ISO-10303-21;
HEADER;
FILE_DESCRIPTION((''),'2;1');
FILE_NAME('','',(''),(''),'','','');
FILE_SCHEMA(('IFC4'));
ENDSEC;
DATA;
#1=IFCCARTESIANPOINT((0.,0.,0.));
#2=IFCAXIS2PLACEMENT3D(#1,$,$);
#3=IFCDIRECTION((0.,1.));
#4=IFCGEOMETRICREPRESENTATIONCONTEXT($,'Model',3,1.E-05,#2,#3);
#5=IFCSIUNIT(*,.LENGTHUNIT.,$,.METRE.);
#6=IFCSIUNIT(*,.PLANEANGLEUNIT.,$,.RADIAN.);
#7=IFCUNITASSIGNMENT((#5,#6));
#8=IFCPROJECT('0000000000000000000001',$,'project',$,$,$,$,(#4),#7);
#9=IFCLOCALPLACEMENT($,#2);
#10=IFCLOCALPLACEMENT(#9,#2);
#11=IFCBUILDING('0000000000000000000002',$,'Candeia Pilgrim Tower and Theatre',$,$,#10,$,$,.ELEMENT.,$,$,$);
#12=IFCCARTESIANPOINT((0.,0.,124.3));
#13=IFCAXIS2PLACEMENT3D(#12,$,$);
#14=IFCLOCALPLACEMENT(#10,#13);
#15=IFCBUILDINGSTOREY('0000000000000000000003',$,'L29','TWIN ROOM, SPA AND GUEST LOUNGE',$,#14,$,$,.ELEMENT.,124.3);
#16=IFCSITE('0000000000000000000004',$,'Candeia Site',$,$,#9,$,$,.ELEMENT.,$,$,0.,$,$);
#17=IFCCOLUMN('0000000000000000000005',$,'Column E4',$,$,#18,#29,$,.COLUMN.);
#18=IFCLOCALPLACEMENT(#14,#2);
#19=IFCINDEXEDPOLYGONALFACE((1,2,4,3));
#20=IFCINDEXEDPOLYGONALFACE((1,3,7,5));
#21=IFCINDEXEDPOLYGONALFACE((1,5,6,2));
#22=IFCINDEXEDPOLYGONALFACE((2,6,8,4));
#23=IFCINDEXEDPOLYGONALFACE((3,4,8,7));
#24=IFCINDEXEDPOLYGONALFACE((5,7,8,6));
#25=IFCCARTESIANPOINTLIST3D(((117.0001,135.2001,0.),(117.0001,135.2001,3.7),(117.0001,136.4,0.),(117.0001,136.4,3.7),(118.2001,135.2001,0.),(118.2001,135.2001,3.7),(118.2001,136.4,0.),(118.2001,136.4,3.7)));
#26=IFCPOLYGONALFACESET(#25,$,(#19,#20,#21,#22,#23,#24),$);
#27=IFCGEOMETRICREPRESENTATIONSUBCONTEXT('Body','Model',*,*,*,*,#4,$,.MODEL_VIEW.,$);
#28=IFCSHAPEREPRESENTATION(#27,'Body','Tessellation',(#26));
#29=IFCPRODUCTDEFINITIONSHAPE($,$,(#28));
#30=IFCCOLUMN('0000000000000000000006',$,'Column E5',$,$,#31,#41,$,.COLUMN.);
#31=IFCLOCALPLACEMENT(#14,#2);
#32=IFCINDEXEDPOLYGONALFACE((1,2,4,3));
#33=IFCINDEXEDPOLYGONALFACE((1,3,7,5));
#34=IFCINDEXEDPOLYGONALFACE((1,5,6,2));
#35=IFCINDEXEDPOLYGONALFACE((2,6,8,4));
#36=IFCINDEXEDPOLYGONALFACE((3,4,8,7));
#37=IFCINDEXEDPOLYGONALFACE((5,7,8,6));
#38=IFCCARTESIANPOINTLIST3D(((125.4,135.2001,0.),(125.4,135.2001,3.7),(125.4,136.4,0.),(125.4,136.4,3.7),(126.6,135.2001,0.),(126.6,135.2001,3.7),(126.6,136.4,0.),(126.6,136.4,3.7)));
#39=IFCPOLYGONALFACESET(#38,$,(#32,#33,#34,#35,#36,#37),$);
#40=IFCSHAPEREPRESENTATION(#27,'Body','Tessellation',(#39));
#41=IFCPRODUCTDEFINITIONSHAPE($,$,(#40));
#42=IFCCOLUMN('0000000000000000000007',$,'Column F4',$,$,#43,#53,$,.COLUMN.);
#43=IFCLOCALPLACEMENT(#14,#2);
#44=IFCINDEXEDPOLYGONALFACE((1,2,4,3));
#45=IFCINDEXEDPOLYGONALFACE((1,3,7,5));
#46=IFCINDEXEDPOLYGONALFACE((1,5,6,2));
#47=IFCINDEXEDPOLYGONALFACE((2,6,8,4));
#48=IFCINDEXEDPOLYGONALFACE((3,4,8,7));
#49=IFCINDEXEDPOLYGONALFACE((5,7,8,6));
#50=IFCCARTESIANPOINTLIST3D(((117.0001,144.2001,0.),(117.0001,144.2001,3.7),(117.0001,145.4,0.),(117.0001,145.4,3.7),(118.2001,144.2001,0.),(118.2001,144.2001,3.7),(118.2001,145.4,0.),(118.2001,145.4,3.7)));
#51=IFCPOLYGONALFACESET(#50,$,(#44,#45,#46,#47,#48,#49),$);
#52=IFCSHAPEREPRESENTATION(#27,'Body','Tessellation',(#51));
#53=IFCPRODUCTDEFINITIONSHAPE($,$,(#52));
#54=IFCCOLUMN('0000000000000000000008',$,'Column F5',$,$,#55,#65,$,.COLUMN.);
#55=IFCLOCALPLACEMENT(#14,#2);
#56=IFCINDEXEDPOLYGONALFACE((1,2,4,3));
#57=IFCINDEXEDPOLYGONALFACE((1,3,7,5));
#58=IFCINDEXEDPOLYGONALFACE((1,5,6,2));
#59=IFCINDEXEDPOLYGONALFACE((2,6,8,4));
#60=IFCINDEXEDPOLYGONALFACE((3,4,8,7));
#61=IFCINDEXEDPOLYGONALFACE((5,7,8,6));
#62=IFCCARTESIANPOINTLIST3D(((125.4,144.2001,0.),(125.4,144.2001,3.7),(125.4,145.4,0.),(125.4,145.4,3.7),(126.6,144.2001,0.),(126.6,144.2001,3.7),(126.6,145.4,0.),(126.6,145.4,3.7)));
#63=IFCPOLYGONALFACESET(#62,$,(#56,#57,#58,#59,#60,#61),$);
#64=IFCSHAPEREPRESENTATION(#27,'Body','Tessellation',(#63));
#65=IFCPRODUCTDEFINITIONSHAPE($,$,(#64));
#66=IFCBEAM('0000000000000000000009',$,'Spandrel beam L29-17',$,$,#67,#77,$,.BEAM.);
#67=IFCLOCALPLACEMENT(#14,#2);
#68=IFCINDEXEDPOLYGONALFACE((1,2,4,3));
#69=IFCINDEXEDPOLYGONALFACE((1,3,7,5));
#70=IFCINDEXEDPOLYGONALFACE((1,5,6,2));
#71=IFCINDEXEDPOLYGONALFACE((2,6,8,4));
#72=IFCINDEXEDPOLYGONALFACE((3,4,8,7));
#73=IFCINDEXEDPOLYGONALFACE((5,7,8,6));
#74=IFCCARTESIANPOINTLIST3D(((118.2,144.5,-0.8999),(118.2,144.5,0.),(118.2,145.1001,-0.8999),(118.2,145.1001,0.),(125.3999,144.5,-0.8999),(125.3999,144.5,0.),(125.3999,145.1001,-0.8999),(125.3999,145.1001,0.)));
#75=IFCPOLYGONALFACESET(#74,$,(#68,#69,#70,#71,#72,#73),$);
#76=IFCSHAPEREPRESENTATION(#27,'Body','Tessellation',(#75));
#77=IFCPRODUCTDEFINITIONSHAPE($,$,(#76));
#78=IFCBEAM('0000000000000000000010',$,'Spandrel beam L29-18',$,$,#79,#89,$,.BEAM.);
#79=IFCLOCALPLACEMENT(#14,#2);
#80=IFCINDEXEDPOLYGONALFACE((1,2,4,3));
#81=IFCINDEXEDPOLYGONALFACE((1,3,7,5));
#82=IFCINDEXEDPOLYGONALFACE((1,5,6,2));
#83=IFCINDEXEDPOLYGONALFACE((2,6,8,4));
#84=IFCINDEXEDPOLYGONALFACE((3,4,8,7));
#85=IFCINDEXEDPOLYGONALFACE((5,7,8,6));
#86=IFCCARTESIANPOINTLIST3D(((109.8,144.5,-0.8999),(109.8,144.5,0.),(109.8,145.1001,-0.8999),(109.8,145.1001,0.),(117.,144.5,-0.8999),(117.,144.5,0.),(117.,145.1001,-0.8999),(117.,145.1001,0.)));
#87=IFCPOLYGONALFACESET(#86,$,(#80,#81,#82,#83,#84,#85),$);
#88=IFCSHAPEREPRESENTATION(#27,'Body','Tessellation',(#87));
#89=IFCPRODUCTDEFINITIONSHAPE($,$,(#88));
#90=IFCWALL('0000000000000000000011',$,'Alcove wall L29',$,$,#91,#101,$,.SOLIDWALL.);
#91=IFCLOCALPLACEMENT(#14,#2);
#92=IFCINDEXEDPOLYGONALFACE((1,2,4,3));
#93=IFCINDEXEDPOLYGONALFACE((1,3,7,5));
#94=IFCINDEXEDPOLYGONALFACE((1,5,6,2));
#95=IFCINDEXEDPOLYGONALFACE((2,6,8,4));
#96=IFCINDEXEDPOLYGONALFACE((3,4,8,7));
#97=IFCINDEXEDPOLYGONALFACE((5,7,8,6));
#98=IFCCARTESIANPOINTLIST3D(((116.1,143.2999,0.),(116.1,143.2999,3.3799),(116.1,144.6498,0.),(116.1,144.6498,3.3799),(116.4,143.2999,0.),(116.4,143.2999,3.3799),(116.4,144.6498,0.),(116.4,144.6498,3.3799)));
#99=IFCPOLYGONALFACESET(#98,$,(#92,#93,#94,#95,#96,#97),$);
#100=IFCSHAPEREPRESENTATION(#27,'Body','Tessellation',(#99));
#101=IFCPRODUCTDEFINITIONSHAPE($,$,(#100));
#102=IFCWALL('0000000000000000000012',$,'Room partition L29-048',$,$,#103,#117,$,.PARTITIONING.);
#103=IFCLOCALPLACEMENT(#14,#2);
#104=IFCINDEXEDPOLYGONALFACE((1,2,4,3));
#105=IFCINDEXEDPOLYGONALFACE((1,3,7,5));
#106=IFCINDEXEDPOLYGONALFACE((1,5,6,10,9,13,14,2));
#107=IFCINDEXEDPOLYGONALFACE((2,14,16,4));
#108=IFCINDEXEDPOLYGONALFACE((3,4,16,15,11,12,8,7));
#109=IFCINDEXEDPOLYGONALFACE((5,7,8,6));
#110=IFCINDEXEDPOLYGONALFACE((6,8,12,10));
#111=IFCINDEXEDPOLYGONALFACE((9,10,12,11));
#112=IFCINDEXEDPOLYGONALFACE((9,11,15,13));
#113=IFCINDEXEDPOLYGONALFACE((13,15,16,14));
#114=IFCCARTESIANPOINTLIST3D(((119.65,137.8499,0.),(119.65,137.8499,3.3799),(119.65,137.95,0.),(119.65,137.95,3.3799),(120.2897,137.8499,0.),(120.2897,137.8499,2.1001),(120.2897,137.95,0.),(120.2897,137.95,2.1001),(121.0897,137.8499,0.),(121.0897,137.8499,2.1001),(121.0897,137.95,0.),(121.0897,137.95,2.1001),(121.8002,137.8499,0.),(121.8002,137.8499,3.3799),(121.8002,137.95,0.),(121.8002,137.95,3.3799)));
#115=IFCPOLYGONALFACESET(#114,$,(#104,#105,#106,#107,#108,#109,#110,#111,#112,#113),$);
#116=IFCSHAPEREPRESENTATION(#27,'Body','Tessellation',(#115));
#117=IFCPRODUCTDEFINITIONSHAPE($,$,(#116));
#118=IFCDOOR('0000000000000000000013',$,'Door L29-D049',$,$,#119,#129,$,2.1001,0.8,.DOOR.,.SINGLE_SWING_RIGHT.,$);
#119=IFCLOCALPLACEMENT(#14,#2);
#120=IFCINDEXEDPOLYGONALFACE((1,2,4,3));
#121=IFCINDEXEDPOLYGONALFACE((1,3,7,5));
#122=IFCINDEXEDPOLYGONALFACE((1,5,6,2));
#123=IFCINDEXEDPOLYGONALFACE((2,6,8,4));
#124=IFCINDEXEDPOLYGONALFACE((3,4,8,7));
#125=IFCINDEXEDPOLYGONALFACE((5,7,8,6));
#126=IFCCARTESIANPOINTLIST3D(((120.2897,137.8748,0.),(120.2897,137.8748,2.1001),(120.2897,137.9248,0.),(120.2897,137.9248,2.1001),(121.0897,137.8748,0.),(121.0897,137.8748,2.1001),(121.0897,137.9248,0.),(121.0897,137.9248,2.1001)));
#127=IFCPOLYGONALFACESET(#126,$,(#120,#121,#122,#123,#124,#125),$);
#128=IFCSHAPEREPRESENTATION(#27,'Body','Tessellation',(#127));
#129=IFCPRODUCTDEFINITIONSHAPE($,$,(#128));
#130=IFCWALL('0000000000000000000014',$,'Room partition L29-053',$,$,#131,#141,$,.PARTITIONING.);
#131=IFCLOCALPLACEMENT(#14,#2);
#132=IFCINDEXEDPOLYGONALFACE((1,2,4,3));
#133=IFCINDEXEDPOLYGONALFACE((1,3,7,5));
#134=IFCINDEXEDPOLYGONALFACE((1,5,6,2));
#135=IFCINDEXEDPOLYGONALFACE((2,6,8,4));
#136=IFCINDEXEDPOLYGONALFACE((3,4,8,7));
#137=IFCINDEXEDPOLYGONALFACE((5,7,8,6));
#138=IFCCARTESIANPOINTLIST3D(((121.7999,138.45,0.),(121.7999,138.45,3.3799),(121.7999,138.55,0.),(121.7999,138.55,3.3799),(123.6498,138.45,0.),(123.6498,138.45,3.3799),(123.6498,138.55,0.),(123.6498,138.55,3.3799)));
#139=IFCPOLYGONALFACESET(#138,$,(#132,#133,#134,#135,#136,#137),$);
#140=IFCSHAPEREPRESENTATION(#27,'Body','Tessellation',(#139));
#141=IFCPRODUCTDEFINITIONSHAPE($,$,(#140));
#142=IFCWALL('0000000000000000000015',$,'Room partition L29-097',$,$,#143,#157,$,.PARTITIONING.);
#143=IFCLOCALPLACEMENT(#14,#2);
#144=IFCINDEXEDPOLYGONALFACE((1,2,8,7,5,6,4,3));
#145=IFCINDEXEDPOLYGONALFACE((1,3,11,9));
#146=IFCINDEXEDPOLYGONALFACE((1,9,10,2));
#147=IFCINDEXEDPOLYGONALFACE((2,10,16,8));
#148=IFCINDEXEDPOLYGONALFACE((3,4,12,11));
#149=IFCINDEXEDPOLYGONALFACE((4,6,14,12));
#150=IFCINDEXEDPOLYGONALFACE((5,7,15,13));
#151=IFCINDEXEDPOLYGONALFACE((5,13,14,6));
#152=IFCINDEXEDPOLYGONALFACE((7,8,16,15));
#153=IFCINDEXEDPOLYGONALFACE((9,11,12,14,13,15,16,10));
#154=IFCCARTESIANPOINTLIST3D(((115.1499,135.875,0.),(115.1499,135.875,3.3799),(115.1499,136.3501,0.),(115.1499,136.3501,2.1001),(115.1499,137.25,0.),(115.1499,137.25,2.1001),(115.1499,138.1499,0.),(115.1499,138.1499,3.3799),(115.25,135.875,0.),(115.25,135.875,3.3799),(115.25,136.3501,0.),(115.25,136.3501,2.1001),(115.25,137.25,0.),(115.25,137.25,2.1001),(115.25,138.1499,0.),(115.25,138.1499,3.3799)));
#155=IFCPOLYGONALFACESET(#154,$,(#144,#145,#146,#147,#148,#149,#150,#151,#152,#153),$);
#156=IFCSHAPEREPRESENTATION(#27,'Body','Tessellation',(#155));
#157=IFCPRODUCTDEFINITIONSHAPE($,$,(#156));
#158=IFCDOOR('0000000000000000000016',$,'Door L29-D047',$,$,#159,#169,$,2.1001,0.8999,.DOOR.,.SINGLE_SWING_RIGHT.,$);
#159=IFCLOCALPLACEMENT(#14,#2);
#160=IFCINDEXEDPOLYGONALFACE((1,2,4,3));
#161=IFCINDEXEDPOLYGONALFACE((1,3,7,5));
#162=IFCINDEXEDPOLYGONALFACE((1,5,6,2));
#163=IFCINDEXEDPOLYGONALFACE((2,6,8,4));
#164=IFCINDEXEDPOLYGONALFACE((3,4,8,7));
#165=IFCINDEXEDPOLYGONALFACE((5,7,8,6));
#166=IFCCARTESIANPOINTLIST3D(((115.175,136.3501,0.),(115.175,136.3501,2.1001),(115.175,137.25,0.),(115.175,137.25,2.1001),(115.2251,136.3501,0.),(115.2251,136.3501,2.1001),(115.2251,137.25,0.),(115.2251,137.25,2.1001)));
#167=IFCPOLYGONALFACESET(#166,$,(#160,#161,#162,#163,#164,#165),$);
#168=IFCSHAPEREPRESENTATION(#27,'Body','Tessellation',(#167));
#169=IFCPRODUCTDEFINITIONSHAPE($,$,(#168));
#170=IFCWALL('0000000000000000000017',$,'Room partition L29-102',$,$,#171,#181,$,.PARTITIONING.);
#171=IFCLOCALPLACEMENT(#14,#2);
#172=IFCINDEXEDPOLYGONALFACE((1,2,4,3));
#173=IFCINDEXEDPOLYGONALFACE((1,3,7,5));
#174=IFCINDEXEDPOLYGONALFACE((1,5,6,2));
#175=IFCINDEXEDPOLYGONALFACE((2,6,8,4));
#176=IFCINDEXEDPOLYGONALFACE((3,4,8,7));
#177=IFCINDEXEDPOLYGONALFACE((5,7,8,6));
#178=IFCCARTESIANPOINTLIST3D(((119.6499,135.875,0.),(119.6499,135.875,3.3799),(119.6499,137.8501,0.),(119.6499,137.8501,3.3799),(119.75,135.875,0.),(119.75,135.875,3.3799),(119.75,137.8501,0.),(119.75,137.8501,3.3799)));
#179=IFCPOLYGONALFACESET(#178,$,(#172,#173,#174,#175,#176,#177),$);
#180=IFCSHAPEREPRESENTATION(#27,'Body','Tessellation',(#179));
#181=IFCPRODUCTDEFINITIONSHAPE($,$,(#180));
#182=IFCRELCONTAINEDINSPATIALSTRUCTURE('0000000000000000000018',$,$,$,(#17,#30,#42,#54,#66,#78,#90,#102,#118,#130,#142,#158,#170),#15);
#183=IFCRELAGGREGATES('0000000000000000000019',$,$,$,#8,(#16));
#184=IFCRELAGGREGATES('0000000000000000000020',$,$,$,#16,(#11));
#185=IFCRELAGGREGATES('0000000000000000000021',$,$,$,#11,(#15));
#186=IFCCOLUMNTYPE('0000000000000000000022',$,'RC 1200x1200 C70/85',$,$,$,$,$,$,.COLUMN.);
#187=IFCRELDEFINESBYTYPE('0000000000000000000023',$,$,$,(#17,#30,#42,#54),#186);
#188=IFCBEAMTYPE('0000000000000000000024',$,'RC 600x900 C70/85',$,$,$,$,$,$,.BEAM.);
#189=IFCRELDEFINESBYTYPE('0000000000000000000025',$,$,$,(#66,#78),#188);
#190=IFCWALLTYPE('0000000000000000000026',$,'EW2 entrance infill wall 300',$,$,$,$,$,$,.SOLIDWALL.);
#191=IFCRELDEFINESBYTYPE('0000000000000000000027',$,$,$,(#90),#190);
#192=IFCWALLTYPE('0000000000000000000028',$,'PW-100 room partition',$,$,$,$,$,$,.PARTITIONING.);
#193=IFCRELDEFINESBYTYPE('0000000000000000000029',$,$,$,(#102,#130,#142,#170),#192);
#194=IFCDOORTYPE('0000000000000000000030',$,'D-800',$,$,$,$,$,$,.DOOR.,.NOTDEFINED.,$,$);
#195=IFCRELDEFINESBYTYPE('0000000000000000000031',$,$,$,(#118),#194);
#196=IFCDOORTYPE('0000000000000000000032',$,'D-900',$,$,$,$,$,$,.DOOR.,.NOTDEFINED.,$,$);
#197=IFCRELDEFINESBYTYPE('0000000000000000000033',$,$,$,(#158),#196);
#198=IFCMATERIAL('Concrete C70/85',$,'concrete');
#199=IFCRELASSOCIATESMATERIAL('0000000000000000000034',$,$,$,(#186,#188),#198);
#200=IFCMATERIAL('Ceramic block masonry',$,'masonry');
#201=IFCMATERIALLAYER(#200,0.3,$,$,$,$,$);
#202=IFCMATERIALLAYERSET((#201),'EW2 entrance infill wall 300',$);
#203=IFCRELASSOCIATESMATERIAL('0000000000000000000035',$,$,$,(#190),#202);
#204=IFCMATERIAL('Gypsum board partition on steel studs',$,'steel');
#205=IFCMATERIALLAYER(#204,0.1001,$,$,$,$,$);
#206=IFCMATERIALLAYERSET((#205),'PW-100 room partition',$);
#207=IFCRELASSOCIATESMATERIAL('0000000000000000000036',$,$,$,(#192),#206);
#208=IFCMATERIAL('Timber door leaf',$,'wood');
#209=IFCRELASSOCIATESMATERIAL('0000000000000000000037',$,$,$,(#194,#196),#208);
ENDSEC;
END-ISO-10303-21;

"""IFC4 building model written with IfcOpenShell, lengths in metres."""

from ifc_helpers import new_model, si_unit, direction, frame, frame_2d, origin, origin_2d, place, context, subcontext, project, spatial, rectangle, extrude, material, layer, layer_set, material_profile, profile_set, type_object, element, fill, save


model = new_model("IFC4")

# Units and contexts
model_context = context("Model", 3, precision=1e-05, world=origin(), true_north=direction((0.0, 1.0)))
body_context = subcontext(model_context, "Body", "Model", "MODEL_VIEW")
ifc_project = project(units=[si_unit("LENGTHUNIT", "METRE"), si_unit("PLANEANGLEUNIT", "RADIAN")], contexts=[model_context])

# Site, building, storey
site_placement = place(None, origin())
site = spatial("IfcSite", under=ifc_project, at=site_placement, Name="Candeia Site", CompositionType="ELEMENT", RefElevation=0.0)
building_placement = place(site_placement, origin())
building = spatial("IfcBuilding", under=site, at=building_placement, Name="Candeia Pilgrim Tower and Theatre", CompositionType="ELEMENT")
storey_placement = place(building_placement, frame((0.0, 0.0, 124.3)))
storey = spatial("IfcBuildingStorey", under=building, at=storey_placement, Name="L29", Description="TWIN ROOM, SPA AND GUEST LOUNGE", CompositionType="ELEMENT", Elevation=124.3)

# Columns
ifc_material_1 = material(Name="Concrete C70/85", Category="concrete")
ifc_material_profile_1 = material_profile(ifc_material_1, rectangle(XDim=1.2, YDim=1.2, at=origin_2d()))
ifc_profile_set_1 = profile_set([ifc_material_profile_1], Name="Concrete C70/85")
column_type = type_object("IfcColumnType", Name="RC 1200x1200 C70/85", PredefinedType="COLUMN", material=ifc_profile_set_1)
for number, where, z_axis, x_axis, name in (
    (1, (117.6001, 135.8, 0.0), (0.0, 0.0, 1.0), (1.0, 0.0, 0.0), "Column E4"),
    (2, (126.0, 135.8, 0.0), (0.0, 0.0, 1.0), (1.0, 0.0, 0.0), "Column E5"),
    (3, (117.6001, 144.8, 0.0), (0.0, 0.0, 1.0), (1.0, 0.0, 0.0), "Column F4"),
    (4, (126.0, 144.8, 0.0), (0.0, 0.0, 1.0), (1.0, 0.0, 0.0), "Column F5"),
):
    element("IfcColumn", number, at=place(storey_placement, frame(where, z_axis=z_axis, x_axis=x_axis)), inside=storey, type_object=column_type, Name=name, PredefinedType="COLUMN", context=body_context, shape_type="SweptSolid", body=[
        extrude(rectangle(XDim=1.2, YDim=1.2, at=origin_2d()), origin(), (0.0, 0.0, 1.0), 3.7),
    ])

# Beams
ifc_material_profile_2 = material_profile(ifc_material_1, rectangle(XDim=0.6001, YDim=0.8999, at=origin_2d()))
ifc_profile_set_2 = profile_set([ifc_material_profile_2], Name="Concrete C70/85")
beam_type = type_object("IfcBeamType", Name="RC 600x900 C70/85", PredefinedType="BEAM", material=ifc_profile_set_2)
for number, where, z_axis, x_axis, name in (
    (5, (125.3999, 144.8, -0.45), (-1.0, 0.0, 0.0), (0.0, -1.0, 0.0), "Spandrel beam L29-17"),
    (6, (117.0, 144.8, -0.45), (-1.0, 0.0, 0.0), (0.0, -1.0, 0.0), "Spandrel beam L29-18"),
):
    element("IfcBeam", number, at=place(storey_placement, frame(where, z_axis=z_axis, x_axis=x_axis)), inside=storey, type_object=beam_type, Name=name, PredefinedType="BEAM", context=body_context, shape_type="SweptSolid", body=[
        extrude(rectangle(XDim=0.6001, YDim=0.8999, at=origin_2d()), origin(), (0.0, 0.0, 1.0), 7.2),
    ])

# Wall
ifc_material_2 = material(Name="Ceramic block masonry", Category="masonry")
ifc_layer_1 = layer(ifc_material_2, 0.3)
ifc_layer_set_1 = layer_set([ifc_layer_1], Name="EW2 entrance infill wall 300")
wall_type_1 = type_object("IfcWallType", Name="EW2 entrance infill wall 300", PredefinedType="SOLIDWALL", material=ifc_layer_set_1)
wall_1_placement = place(storey_placement, frame((116.25, 143.3, 0.0), z_axis=(0.0, 0.0, 1.0), x_axis=(0.0, 1.0, 0.0)))
element("IfcWall", 7, at=wall_1_placement, inside=storey, type_object=wall_type_1, Name="Alcove wall L29", PredefinedType="SOLIDWALL", context=body_context, shape_type="SweptSolid", body=[
    extrude(rectangle(XDim=1.3499, YDim=0.3, at=frame_2d((0.6748, 0.0))), origin(), (0.0, 0.0, 1.0), 3.3799),
])

# Wall, opening, door
ifc_material_3 = material(Name="Gypsum board partition on steel studs", Category="steel")
ifc_layer_2 = layer(ifc_material_3, 0.1001)
ifc_layer_set_2 = layer_set([ifc_layer_2], Name="PW-100 room partition")
wall_type_2 = type_object("IfcWallType", Name="PW-100 room partition", PredefinedType="PARTITIONING", material=ifc_layer_set_2)
wall_2_placement = place(storey_placement, frame((119.6499, 137.8999, 0.0), z_axis=(0.0, 0.0, 1.0), x_axis=(1.0, 0.0, 0.0)))
wall_2 = element("IfcWall", 8, at=wall_2_placement, inside=storey, type_object=wall_type_2, Name="Room partition L29-048", PredefinedType="PARTITIONING", context=body_context, shape_type="SweptSolid", body=[
    extrude(rectangle(XDim=2.1501, YDim=0.1001, at=frame_2d((1.0752, 0.0))), origin(), (0.0, 0.0, 1.0), 3.3799),
])
opening_1_placement = place(wall_2_placement, frame((0.6399, 0.0, 0.0)))
opening_1 = element("IfcOpeningElement", 9, at=opening_1_placement, cuts=wall_2, PredefinedType="OPENING", context=body_context, shape_type="SweptSolid", body=[
    extrude(rectangle(XDim=0.8, YDim=2.1001, at=frame_2d((0.3999, 1.05))), frame((0.0, 0.0601, 0.0), z_axis=(0.0, -1.0, 0.0), x_axis=(1.0, 0.0, 0.0)), (0.0, 0.0, 1.0), 0.1201),
])
ifc_material_4 = material(Name="Timber door leaf", Category="wood")
door_type_1 = type_object("IfcDoorType", Name="D-800", OperationType="NOTDEFINED", PredefinedType="DOOR", material=ifc_material_4)
door_1_placement = place(opening_1_placement, origin())
door_1 = element("IfcDoor", 10, at=door_1_placement, inside=storey, type_object=door_type_1, Name="Door L29-D049", OperationType="SINGLE_SWING_RIGHT", OverallHeight=2.1001, OverallWidth=0.8, PredefinedType="DOOR", context=body_context, shape_type="SweptSolid", body=[
    extrude(rectangle(XDim=0.8, YDim=2.1001, at=frame_2d((0.3999, 1.05))), frame((0.0, 0.0249, 0.0), z_axis=(0.0, -1.0, 0.0), x_axis=(1.0, 0.0, 0.0)), (0.0, 0.0, 1.0), 0.05),
])
fill(opening_1, door_1)

# Wall
wall_3_placement = place(storey_placement, frame((121.8, 138.5, 0.0), z_axis=(0.0, 0.0, 1.0), x_axis=(1.0, 0.0, 0.0)))
element("IfcWall", 11, at=wall_3_placement, inside=storey, type_object=wall_type_2, Name="Room partition L29-053", PredefinedType="PARTITIONING", context=body_context, shape_type="SweptSolid", body=[
    extrude(rectangle(XDim=1.8499, YDim=0.1001, at=frame_2d((0.9248, 0.0))), origin(), (0.0, 0.0, 1.0), 3.3799),
])

# Wall, opening, door
wall_4_placement = place(storey_placement, frame((115.2, 135.875, 0.0), z_axis=(0.0, 0.0, 1.0), x_axis=(0.0, 1.0, 0.0)))
wall_4 = element("IfcWall", 12, at=wall_4_placement, inside=storey, type_object=wall_type_2, Name="Room partition L29-097", PredefinedType="PARTITIONING", context=body_context, shape_type="SweptSolid", body=[
    extrude(rectangle(XDim=2.2749, YDim=0.1001, at=frame_2d((1.1375, 0.0))), origin(), (0.0, 0.0, 1.0), 3.3799),
])
opening_2_placement = place(wall_4_placement, frame((0.4751, 0.0, 0.0)))
opening_2 = element("IfcOpeningElement", 13, at=opening_2_placement, cuts=wall_4, PredefinedType="OPENING", context=body_context, shape_type="SweptSolid", body=[
    extrude(rectangle(XDim=0.8999, YDim=2.1001, at=frame_2d((0.45, 1.05))), frame((0.0, 0.0601, 0.0), z_axis=(0.0, -1.0, 0.0), x_axis=(1.0, 0.0, 0.0)), (0.0, 0.0, 1.0), 0.1201),
])
door_type_2 = type_object("IfcDoorType", Name="D-900", OperationType="NOTDEFINED", PredefinedType="DOOR", material=ifc_material_4)
door_2_placement = place(opening_2_placement, origin())
door_2 = element("IfcDoor", 14, at=door_2_placement, inside=storey, type_object=door_type_2, Name="Door L29-D047", OperationType="SINGLE_SWING_RIGHT", OverallHeight=2.1001, OverallWidth=0.8999, PredefinedType="DOOR", context=body_context, shape_type="SweptSolid", body=[
    extrude(rectangle(XDim=0.8999, YDim=2.1001, at=frame_2d((0.45, 1.05))), frame((0.0, 0.0249, 0.0), z_axis=(0.0, -1.0, 0.0), x_axis=(1.0, 0.0, 0.0)), (0.0, 0.0, 1.0), 0.05),
])
fill(opening_2, door_2)

# Wall
wall_5_placement = place(storey_placement, frame((119.7, 135.875, 0.0), z_axis=(0.0, 0.0, 1.0), x_axis=(0.0, 1.0, 0.0)))
element("IfcWall", 15, at=wall_5_placement, inside=storey, type_object=wall_type_2, Name="Room partition L29-102", PredefinedType="PARTITIONING", context=body_context, shape_type="SweptSolid", body=[
    extrude(rectangle(XDim=1.9751, YDim=0.1001, at=frame_2d((0.9875, 0.0))), origin(), (0.0, 0.0, 1.0), 3.3799),
])

save(model, "model.ifc")
